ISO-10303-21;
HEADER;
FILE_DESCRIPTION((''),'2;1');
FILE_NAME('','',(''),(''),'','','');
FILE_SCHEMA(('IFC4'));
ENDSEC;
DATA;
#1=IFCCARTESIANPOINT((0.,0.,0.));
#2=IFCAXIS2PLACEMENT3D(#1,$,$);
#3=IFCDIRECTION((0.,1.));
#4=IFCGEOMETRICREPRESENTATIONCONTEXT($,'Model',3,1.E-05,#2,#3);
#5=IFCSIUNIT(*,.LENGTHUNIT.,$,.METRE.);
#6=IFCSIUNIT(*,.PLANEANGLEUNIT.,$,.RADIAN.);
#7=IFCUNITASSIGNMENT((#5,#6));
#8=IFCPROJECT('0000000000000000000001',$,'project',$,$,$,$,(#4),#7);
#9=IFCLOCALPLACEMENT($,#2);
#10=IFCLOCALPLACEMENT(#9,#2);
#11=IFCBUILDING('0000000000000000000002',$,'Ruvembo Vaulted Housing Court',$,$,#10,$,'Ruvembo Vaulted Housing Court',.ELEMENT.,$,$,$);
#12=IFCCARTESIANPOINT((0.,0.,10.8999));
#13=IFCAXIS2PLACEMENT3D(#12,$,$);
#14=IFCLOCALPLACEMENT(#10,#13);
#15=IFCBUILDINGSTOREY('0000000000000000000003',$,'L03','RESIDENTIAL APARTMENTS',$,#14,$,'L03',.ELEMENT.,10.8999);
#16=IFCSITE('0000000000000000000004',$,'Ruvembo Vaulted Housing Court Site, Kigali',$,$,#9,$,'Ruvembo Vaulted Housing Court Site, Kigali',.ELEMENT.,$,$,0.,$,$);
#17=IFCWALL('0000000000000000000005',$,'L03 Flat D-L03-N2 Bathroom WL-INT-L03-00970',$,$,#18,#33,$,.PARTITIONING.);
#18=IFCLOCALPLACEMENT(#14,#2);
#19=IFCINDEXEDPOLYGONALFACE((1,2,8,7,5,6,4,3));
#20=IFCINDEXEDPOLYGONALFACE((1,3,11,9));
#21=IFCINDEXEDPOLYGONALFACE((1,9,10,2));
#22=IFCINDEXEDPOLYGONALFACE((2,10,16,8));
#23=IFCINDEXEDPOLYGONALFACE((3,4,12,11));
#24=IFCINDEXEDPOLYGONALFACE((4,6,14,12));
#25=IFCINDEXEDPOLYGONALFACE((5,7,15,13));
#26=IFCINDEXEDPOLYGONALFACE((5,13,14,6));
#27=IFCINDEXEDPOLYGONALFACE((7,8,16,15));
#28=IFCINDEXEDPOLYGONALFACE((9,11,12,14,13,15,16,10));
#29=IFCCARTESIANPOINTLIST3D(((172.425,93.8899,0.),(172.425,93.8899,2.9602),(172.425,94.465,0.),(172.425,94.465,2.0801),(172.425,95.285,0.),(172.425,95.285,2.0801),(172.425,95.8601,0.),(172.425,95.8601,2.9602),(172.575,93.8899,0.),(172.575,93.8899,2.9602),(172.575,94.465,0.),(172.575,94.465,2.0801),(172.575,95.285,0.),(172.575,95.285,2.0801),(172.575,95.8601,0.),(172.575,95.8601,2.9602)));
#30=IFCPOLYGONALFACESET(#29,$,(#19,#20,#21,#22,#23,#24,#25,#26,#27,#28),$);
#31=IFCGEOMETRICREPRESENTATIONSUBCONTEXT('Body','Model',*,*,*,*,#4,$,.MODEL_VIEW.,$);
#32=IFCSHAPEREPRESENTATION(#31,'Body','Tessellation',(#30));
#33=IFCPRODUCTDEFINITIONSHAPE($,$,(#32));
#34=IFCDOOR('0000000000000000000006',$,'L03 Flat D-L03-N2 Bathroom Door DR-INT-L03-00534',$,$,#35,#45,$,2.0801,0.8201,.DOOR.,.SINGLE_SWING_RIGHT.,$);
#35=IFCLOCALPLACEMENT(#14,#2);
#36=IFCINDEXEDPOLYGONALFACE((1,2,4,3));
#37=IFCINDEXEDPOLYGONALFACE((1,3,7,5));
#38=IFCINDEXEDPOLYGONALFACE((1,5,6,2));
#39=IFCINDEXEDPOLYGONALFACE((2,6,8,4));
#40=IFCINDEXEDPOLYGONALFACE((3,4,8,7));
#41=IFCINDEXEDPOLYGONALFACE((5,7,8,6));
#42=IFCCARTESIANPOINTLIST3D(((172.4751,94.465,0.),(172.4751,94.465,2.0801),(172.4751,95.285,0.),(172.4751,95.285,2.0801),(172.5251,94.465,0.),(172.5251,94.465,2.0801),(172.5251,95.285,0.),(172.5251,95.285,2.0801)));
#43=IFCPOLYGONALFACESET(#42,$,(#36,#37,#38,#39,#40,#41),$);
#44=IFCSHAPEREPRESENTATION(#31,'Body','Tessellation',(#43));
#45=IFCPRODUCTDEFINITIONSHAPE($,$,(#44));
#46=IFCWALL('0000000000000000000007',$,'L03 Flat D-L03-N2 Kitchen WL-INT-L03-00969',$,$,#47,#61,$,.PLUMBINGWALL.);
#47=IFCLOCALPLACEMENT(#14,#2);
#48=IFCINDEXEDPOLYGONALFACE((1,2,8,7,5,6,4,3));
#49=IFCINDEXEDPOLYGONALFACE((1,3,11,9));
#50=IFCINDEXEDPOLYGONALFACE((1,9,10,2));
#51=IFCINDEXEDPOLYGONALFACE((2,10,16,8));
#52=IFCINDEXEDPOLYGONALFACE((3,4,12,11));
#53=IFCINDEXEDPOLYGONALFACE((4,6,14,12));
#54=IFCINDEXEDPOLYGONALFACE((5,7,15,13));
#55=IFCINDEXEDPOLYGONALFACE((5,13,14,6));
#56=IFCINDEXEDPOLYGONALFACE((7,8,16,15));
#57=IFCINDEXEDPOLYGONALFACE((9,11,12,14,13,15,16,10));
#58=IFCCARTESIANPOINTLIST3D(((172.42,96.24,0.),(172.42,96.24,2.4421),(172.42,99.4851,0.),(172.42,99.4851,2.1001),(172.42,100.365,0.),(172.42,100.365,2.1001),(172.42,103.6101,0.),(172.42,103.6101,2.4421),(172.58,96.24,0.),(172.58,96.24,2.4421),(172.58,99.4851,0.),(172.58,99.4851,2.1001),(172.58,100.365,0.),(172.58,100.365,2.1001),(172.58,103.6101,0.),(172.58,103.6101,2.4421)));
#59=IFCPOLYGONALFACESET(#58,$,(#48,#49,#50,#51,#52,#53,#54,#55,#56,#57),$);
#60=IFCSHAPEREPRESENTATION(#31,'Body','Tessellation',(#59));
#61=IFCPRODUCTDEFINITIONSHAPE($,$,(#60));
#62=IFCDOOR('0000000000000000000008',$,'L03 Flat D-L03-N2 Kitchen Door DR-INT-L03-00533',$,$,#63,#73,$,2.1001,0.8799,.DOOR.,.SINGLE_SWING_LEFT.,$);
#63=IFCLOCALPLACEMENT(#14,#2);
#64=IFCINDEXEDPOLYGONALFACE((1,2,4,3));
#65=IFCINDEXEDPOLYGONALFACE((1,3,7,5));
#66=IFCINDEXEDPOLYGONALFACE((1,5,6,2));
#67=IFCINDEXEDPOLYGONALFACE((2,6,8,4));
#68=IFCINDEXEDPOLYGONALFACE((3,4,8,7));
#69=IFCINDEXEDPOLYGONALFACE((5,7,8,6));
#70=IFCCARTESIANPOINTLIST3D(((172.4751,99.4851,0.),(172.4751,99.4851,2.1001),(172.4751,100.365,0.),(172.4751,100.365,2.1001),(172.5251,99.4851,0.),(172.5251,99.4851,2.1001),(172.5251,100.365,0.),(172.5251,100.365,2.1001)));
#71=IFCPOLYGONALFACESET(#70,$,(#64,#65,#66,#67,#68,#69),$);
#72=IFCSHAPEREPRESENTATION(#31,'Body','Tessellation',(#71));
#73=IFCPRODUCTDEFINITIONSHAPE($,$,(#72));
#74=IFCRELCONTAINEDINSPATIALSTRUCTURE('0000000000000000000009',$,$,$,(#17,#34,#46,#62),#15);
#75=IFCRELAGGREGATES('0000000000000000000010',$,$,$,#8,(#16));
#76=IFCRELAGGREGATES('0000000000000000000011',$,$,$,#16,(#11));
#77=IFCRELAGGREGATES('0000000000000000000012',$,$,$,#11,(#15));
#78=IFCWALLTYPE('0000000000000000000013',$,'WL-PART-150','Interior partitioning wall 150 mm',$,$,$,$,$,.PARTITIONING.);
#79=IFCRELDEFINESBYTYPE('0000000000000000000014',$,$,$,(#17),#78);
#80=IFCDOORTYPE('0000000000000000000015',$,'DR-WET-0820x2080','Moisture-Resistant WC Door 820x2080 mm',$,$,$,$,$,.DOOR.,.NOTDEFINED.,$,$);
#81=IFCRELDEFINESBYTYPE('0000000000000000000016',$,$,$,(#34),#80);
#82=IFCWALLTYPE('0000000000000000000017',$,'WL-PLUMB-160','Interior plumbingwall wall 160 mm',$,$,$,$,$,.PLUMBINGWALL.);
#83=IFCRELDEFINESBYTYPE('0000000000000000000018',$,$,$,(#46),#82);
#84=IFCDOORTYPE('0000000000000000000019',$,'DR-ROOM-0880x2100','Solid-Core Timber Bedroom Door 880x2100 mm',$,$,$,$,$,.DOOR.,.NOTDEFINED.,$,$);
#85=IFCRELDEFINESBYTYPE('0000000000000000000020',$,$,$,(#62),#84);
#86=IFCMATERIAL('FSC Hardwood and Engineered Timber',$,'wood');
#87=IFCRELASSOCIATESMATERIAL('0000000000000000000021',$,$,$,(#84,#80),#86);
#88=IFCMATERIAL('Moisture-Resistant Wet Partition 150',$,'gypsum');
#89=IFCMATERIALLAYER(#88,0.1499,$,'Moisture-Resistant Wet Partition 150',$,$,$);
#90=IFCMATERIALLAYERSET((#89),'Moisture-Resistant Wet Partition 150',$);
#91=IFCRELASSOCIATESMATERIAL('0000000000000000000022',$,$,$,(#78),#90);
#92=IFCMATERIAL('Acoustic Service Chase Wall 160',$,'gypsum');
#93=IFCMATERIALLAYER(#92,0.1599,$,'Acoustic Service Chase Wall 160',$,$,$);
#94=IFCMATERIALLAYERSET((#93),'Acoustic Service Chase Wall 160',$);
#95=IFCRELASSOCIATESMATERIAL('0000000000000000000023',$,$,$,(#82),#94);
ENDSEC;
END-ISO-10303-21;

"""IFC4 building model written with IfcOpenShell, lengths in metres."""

from ifc_helpers import new_model, si_unit, direction, frame, frame_2d, origin, place, context, subcontext, project, spatial, rectangle, extrude, material, layer, layer_set, type_object, element, fill, save


model = new_model("IFC4")

# Units and contexts
model_context = context("Model", 3, precision=1e-05, world=origin(), true_north=direction((0.0, 1.0)))
body_context = subcontext(model_context, "Body", "Model", "MODEL_VIEW")
ifc_project = project(units=[si_unit("LENGTHUNIT", "METRE"), si_unit("PLANEANGLEUNIT", "RADIAN")], contexts=[model_context])

# Site, building, storey
site_placement = place(None, origin())
site = spatial("IfcSite", under=ifc_project, at=site_placement, Name="Ruvembo Vaulted Housing Court Site, Kigali", LongName="Ruvembo Vaulted Housing Court Site, Kigali", CompositionType="ELEMENT", RefElevation=0.0)
building_placement = place(site_placement, origin())
building = spatial("IfcBuilding", under=site, at=building_placement, Name="Ruvembo Vaulted Housing Court", LongName="Ruvembo Vaulted Housing Court", CompositionType="ELEMENT")
storey_placement = place(building_placement, frame((0.0, 0.0, 10.8999)))
storey = spatial("IfcBuildingStorey", under=building, at=storey_placement, Name="L03", Description="RESIDENTIAL APARTMENTS", LongName="L03", CompositionType="ELEMENT", Elevation=10.8999)

# Shared definitions
ifc_material_1 = material(Name="FSC Hardwood and Engineered Timber", Category="wood")

# Walls, openings, doors
door_type_1 = type_object("IfcDoorType", Name="DR-ROOM-0880x2100", Description="Solid-Core Timber Bedroom Door 880x2100 mm", OperationType="NOTDEFINED", PredefinedType="DOOR", material=ifc_material_1)
ifc_material_2 = material(Name="Moisture-Resistant Wet Partition 150", Category="gypsum")
ifc_layer_1 = layer(ifc_material_2, 0.1499, Name="Moisture-Resistant Wet Partition 150")
ifc_layer_set_1 = layer_set([ifc_layer_1], Name="Moisture-Resistant Wet Partition 150")
wall_type_1 = type_object("IfcWallType", Name="WL-PART-150", Description="Interior partitioning wall 150 mm", PredefinedType="PARTITIONING", material=ifc_layer_set_1)
wall_1_placement = place(storey_placement, frame((172.5, 93.8899, 0.0), z_axis=(0.0, 0.0, 1.0), x_axis=(0.0, 1.0, 0.0)))
wall_1 = element("IfcWall", 1, at=wall_1_placement, inside=storey, type_object=wall_type_1, Name="L03 Flat D-L03-N2 Bathroom WL-INT-L03-00970", PredefinedType="PARTITIONING", context=body_context, shape_type="SweptSolid", body=[
    extrude(rectangle(XDim=1.9702, YDim=0.1499, at=frame_2d((0.9851, 0.0))), origin(), (0.0, 0.0, 1.0), 2.9602),
])
opening_1_placement = place(wall_1_placement, frame((0.575, 0.0, 0.0)))
opening_1 = element("IfcOpeningElement", 2, at=opening_1_placement, cuts=wall_1, PredefinedType="OPENING", context=body_context, shape_type="SweptSolid", body=[
    extrude(rectangle(XDim=0.8201, YDim=2.0801, at=frame_2d((0.4102, 1.04))), frame((0.0, 0.085, 0.0), z_axis=(0.0, -1.0, 0.0), x_axis=(1.0, 0.0, 0.0)), (0.0, 0.0, 1.0), 0.1699),
])
door_type_2 = type_object("IfcDoorType", Name="DR-WET-0820x2080", Description="Moisture-Resistant WC Door 820x2080 mm", OperationType="NOTDEFINED", PredefinedType="DOOR", material=ifc_material_1)
door_1_placement = place(opening_1_placement, origin())
door_1 = element("IfcDoor", 3, at=door_1_placement, inside=storey, type_object=door_type_2, Name="L03 Flat D-L03-N2 Bathroom Door DR-INT-L03-00534", OperationType="SINGLE_SWING_RIGHT", OverallHeight=2.0801, OverallWidth=0.8201, PredefinedType="DOOR", context=body_context, shape_type="SweptSolid", body=[
    extrude(rectangle(XDim=0.8201, YDim=2.0801, at=frame_2d((0.4102, 1.04))), frame((0.0, 0.0249, 0.0), z_axis=(0.0, -1.0, 0.0), x_axis=(1.0, 0.0, 0.0)), (0.0, 0.0, 1.0), 0.05),
])
fill(opening_1, door_1)
ifc_material_3 = material(Name="Acoustic Service Chase Wall 160", Category="gypsum")
ifc_layer_2 = layer(ifc_material_3, 0.1599, Name="Acoustic Service Chase Wall 160")
ifc_layer_set_2 = layer_set([ifc_layer_2], Name="Acoustic Service Chase Wall 160")
wall_type_2 = type_object("IfcWallType", Name="WL-PLUMB-160", Description="Interior plumbingwall wall 160 mm", PredefinedType="PLUMBINGWALL", material=ifc_layer_set_2)
wall_2_placement = place(storey_placement, frame((172.5, 96.24, 0.0), z_axis=(0.0, 0.0, 1.0), x_axis=(0.0, 1.0, 0.0)))
wall_2 = element("IfcWall", 4, at=wall_2_placement, inside=storey, type_object=wall_type_2, Name="L03 Flat D-L03-N2 Kitchen WL-INT-L03-00969", PredefinedType="PLUMBINGWALL", context=body_context, shape_type="SweptSolid", body=[
    extrude(rectangle(XDim=7.3701, YDim=0.1599, at=frame_2d((3.6851, 0.0))), origin(), (0.0, 0.0, 1.0), 2.4421),
])
opening_2_placement = place(wall_2_placement, frame((3.2451, 0.0, 0.0)))
opening_2 = element("IfcOpeningElement", 5, at=opening_2_placement, cuts=wall_2, PredefinedType="OPENING", context=body_context, shape_type="SweptSolid", body=[
    extrude(rectangle(XDim=0.8799, YDim=2.1001, at=frame_2d((0.4399, 1.05))), frame((0.0, 0.0898, 0.0), z_axis=(0.0, -1.0, 0.0), x_axis=(1.0, 0.0, 0.0)), (0.0, 0.0, 1.0), 0.1799),
])
door_2_placement = place(opening_2_placement, origin())
door_2 = element("IfcDoor", 6, at=door_2_placement, inside=storey, type_object=door_type_1, Name="L03 Flat D-L03-N2 Kitchen Door DR-INT-L03-00533", OperationType="SINGLE_SWING_LEFT", OverallHeight=2.1001, OverallWidth=0.8799, PredefinedType="DOOR", context=body_context, shape_type="SweptSolid", body=[
    extrude(rectangle(XDim=0.8799, YDim=2.1001, at=frame_2d((0.4399, 1.05))), frame((0.0, 0.0249, 0.0), z_axis=(0.0, -1.0, 0.0), x_axis=(1.0, 0.0, 0.0)), (0.0, 0.0, 1.0), 0.05),
])
fill(opening_2, door_2)

save(model, "model.ifc")
